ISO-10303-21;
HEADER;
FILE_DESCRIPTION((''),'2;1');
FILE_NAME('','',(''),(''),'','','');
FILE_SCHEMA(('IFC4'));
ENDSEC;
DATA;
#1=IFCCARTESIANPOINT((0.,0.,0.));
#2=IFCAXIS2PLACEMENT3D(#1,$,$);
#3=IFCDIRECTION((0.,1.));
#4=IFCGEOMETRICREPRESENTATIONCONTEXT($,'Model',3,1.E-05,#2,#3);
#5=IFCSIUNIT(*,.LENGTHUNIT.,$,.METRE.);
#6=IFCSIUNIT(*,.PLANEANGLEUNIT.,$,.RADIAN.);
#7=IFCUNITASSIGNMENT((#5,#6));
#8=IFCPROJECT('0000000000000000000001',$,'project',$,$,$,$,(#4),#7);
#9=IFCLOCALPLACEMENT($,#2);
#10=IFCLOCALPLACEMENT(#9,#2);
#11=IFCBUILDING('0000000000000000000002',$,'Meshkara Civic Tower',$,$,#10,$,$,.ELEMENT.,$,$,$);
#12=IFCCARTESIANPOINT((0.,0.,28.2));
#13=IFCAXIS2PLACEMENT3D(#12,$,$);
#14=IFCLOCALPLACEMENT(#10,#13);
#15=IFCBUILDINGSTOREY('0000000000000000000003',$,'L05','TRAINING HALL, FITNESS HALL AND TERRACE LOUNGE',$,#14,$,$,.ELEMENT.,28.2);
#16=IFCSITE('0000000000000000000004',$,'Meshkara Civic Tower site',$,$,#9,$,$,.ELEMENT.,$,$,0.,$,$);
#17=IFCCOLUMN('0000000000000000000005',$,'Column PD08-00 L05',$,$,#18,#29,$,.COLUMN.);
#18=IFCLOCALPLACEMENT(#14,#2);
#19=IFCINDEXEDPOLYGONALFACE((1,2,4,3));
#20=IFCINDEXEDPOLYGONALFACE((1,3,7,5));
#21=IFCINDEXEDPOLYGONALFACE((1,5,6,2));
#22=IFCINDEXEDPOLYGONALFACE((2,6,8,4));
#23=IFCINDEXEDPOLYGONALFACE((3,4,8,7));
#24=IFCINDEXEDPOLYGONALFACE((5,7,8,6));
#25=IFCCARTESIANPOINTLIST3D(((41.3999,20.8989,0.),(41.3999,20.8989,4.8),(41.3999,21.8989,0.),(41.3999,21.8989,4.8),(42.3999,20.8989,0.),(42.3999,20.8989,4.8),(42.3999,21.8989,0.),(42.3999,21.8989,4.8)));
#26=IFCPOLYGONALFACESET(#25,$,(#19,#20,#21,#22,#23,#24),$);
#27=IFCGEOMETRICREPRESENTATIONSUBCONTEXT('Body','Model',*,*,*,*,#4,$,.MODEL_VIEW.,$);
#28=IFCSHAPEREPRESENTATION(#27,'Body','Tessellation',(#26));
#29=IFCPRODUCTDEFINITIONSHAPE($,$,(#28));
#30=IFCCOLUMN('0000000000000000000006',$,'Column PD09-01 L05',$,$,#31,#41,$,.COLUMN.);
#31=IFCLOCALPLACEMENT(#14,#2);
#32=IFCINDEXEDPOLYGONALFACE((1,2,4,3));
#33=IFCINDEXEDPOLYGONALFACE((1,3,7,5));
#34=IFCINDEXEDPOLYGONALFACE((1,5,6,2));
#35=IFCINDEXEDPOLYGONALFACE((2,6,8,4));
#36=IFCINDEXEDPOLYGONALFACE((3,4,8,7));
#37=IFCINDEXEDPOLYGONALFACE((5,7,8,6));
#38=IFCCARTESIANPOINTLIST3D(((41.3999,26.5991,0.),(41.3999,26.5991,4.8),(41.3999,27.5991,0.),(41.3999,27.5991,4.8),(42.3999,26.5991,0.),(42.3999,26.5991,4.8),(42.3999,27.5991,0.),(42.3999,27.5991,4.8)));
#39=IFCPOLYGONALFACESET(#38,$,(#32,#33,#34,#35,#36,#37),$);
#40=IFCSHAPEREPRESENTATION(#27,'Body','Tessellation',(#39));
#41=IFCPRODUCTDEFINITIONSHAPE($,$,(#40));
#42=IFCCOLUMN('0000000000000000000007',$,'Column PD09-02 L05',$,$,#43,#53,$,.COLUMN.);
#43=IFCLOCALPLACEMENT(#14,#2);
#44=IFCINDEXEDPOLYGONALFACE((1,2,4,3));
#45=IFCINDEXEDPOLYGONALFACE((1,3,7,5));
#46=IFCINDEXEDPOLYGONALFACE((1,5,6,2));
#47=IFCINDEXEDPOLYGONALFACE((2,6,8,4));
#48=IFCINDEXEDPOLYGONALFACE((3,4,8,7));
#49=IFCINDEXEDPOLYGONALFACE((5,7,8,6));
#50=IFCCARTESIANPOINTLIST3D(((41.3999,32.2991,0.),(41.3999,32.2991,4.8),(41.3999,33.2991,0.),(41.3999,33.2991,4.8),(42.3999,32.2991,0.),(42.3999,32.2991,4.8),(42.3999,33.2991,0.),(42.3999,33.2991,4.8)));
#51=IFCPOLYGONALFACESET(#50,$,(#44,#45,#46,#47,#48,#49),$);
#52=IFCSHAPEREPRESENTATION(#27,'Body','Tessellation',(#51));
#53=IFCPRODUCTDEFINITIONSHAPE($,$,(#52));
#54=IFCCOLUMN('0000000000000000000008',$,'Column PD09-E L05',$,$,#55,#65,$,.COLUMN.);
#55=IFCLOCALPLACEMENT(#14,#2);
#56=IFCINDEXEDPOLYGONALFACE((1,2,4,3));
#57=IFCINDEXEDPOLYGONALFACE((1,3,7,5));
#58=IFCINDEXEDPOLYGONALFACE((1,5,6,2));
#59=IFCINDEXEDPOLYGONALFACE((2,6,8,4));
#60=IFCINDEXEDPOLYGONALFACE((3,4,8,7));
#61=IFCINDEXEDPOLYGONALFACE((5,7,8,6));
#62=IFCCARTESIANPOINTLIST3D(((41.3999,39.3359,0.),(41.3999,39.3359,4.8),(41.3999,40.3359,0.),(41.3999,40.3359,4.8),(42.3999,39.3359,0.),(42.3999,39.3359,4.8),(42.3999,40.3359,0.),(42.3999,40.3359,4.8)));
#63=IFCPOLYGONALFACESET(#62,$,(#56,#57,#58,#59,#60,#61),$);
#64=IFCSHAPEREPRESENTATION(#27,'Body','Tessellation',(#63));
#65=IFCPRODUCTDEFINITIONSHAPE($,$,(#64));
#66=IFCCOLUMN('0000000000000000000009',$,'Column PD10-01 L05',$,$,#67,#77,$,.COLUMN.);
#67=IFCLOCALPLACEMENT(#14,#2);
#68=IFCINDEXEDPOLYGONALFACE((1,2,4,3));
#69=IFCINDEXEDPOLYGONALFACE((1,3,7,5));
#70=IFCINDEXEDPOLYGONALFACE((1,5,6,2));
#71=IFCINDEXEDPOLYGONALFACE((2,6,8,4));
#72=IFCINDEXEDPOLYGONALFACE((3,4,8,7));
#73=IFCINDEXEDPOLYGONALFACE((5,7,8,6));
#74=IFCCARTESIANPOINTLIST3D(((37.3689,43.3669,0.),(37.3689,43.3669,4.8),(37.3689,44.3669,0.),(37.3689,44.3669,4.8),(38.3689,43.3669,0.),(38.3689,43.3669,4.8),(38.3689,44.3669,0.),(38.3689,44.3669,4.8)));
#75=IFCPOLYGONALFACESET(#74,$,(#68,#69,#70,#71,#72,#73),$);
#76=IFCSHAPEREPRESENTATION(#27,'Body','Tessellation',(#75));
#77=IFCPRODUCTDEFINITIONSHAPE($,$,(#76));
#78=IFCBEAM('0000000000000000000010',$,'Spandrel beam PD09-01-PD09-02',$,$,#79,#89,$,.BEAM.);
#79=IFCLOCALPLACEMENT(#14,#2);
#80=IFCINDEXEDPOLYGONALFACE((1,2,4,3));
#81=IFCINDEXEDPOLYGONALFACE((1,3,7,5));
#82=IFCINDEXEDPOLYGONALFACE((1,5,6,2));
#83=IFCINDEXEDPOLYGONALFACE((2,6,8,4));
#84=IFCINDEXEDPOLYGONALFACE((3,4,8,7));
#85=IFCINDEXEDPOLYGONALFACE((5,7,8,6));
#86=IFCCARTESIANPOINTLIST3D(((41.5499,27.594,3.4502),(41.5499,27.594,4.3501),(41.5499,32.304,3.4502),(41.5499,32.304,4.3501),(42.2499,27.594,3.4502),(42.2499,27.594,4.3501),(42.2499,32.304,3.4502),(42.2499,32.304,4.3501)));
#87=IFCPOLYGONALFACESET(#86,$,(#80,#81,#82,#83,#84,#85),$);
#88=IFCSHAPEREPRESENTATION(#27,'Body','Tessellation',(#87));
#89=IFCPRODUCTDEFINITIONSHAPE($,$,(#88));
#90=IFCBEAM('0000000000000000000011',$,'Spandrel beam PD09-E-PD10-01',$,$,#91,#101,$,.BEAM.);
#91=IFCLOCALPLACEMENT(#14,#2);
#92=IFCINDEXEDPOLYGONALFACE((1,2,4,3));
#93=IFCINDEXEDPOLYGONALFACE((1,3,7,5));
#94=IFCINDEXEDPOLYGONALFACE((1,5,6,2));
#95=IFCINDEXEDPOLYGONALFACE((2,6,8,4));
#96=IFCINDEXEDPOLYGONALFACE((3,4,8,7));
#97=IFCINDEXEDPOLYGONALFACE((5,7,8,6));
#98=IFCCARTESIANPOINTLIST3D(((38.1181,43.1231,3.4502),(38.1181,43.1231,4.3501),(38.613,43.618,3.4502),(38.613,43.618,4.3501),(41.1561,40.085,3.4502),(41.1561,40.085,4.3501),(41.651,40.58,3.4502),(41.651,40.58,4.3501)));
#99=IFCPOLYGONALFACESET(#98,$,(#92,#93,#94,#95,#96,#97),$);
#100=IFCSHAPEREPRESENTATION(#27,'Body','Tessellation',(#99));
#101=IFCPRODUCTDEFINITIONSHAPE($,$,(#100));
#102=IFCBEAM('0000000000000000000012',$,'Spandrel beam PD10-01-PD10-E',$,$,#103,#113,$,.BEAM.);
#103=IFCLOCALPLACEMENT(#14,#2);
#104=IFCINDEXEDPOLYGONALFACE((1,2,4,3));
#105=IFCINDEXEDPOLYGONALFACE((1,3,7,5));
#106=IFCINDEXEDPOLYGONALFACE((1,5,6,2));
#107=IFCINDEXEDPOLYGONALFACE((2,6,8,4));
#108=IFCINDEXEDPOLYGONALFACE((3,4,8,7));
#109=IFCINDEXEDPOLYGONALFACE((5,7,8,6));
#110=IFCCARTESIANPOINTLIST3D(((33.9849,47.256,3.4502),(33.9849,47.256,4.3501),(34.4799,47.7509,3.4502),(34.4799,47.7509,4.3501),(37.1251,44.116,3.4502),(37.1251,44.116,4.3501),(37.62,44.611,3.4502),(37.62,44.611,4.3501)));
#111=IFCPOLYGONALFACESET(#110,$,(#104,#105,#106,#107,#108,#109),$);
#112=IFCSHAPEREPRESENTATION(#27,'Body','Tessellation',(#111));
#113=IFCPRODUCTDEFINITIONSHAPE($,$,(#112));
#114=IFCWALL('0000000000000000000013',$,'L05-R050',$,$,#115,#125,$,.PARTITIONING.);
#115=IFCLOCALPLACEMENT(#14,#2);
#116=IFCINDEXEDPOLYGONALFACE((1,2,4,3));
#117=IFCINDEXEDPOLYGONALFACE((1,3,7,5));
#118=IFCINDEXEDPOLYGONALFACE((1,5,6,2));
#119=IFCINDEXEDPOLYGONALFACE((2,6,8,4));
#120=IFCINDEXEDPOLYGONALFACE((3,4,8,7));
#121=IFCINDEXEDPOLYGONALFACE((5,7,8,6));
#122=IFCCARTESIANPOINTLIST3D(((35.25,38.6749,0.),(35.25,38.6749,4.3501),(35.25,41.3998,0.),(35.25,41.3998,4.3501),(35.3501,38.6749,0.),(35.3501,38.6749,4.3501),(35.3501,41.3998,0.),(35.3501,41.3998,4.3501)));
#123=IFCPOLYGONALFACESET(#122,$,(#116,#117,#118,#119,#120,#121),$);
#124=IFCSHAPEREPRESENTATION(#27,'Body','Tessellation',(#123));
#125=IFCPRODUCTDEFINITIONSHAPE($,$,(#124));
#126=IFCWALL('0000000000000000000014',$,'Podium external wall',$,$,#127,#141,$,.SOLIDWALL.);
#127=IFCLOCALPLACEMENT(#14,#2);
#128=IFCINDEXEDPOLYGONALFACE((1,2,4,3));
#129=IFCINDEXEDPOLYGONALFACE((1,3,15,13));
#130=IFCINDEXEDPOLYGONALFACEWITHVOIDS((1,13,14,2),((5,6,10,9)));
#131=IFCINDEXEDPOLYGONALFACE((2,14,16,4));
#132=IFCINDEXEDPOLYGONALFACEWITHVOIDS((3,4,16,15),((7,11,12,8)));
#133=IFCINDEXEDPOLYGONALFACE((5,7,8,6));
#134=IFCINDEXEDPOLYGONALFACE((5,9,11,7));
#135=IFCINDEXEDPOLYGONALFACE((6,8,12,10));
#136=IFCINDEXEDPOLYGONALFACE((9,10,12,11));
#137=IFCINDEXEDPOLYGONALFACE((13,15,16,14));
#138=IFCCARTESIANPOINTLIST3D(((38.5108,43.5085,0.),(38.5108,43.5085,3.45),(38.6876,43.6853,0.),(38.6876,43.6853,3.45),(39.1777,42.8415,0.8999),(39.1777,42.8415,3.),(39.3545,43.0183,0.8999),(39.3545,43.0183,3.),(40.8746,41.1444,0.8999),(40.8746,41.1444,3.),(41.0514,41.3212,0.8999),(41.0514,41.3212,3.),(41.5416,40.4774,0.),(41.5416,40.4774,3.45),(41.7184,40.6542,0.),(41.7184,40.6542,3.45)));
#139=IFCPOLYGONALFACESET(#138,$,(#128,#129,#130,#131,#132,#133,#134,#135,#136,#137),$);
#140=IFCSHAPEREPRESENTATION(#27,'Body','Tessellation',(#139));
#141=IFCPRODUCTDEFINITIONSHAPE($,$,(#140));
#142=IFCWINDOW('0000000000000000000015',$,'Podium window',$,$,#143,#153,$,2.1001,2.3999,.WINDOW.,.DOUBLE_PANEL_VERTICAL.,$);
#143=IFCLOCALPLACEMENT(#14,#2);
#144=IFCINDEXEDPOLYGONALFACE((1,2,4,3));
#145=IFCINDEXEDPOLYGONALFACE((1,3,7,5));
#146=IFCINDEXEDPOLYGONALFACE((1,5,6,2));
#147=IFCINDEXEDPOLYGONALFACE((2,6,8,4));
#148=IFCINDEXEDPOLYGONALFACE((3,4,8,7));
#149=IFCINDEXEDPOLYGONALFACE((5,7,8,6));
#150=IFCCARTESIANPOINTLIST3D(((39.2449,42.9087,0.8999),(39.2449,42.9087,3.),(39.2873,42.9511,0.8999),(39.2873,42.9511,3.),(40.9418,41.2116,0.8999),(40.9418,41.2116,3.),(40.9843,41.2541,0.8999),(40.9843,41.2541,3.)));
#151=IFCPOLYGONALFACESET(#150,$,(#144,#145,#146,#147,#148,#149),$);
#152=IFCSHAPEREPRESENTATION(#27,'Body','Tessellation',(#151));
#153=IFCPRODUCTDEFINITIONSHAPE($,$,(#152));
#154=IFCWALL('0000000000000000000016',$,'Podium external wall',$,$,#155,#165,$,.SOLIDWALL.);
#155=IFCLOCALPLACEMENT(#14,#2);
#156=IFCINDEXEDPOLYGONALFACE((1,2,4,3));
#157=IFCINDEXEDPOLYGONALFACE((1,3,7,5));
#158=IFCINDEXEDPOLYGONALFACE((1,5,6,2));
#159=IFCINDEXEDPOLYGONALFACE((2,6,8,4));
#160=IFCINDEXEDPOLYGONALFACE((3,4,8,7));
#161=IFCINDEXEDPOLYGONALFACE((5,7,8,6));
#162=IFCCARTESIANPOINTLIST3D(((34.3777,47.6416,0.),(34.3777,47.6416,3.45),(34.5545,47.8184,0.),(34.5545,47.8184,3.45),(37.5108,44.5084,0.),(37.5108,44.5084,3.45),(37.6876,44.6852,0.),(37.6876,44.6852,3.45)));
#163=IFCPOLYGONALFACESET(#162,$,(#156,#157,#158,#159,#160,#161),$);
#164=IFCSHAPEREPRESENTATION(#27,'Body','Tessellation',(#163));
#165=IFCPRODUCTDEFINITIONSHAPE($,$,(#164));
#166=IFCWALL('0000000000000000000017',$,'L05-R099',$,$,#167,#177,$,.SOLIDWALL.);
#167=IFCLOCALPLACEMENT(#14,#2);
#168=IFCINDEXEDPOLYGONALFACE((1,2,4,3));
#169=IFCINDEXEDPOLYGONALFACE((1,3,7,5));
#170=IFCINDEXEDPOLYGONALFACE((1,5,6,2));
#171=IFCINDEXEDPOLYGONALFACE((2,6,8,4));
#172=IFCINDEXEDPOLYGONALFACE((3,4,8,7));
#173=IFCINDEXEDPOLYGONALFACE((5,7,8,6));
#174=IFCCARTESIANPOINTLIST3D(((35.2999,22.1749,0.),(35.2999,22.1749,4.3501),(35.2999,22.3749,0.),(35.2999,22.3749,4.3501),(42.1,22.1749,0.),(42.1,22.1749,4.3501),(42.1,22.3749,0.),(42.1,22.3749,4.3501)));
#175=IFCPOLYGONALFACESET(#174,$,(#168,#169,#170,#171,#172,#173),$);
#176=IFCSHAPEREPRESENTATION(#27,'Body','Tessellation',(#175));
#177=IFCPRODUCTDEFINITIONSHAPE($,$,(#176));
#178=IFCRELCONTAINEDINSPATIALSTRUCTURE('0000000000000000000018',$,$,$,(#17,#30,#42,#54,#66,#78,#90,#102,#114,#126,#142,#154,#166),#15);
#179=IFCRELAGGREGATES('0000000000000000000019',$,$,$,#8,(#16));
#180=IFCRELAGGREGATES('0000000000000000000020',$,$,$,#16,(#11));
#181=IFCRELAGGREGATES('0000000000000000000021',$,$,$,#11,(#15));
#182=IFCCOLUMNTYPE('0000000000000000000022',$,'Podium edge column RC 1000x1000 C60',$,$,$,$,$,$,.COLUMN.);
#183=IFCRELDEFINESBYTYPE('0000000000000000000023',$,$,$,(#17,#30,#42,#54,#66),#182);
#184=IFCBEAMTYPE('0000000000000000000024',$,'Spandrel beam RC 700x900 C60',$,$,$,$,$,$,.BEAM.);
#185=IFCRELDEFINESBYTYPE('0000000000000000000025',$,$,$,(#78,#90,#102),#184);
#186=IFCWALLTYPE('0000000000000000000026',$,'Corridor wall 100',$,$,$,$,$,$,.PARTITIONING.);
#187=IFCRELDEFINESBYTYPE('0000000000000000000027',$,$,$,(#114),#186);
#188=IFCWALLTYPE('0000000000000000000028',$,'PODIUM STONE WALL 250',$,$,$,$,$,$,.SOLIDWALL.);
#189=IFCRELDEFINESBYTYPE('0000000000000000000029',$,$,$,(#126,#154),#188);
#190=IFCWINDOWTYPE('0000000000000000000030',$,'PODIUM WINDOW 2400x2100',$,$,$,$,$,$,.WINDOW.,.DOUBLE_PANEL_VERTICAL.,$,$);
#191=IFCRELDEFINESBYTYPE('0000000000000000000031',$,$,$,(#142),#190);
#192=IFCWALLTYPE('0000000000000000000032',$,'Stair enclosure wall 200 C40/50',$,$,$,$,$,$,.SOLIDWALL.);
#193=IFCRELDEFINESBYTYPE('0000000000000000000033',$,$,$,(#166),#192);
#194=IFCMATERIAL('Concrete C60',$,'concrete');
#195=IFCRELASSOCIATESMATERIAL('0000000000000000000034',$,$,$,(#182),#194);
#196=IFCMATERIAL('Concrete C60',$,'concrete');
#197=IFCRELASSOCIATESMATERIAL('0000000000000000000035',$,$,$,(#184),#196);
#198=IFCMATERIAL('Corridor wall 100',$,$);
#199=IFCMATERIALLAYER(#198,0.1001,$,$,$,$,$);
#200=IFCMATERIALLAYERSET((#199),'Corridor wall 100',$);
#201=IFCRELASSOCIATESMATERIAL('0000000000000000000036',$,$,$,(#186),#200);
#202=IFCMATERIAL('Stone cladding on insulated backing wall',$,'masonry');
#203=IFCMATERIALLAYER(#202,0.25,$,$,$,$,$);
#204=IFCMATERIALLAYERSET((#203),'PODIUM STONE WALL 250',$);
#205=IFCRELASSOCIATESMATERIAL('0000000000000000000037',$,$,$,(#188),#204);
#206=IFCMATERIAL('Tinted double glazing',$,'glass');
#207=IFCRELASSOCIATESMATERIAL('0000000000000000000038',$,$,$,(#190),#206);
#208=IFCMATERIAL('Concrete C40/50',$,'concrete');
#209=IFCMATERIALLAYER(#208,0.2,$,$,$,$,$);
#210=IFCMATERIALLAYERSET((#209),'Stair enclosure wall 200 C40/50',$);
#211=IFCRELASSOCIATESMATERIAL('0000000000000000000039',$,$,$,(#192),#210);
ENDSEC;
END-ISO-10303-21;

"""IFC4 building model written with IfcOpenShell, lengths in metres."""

from ifc_helpers import new_model, si_unit, direction, frame, frame_2d, origin, origin_2d, place, context, subcontext, project, spatial, rectangle, extrude, material, layer, layer_set, material_profile, profile_set, type_object, element, fill, save


model = new_model("IFC4")

# Units and contexts
model_context = context("Model", 3, precision=1e-05, world=origin(), true_north=direction((0.0, 1.0)))
body_context = subcontext(model_context, "Body", "Model", "MODEL_VIEW")
ifc_project = project(units=[si_unit("LENGTHUNIT", "METRE"), si_unit("PLANEANGLEUNIT", "RADIAN")], contexts=[model_context])

# Site, building, storey
site_placement = place(None, origin())
site = spatial("IfcSite", under=ifc_project, at=site_placement, Name="Meshkara Civic Tower site", CompositionType="ELEMENT", RefElevation=0.0)
building_placement = place(site_placement, origin())
building = spatial("IfcBuilding", under=site, at=building_placement, Name="Meshkara Civic Tower", CompositionType="ELEMENT")
storey_placement = place(building_placement, frame((0.0, 0.0, 28.2)))
storey = spatial("IfcBuildingStorey", under=building, at=storey_placement, Name="L05", Description="TRAINING HALL, FITNESS HALL AND TERRACE LOUNGE", CompositionType="ELEMENT", Elevation=28.2)

# Columns
ifc_material_1 = material(Name="Concrete C60", Category="concrete")
ifc_material_profile_1 = material_profile(ifc_material_1, rectangle(XDim=1.0, YDim=1.0, at=origin_2d()))
ifc_profile_set_1 = profile_set([ifc_material_profile_1], Name="Concrete C60")
column_type = type_object("IfcColumnType", Name="Podium edge column RC 1000x1000 C60", PredefinedType="COLUMN", material=ifc_profile_set_1)
for number, where, z_axis, x_axis, name in (
    (1, (41.8999, 21.3989, 0.0), (0.0, 0.0, 1.0), (1.0, 0.0, 0.0), "Column PD08-00 L05"),
    (2, (41.8999, 27.0991, 0.0), (0.0, 0.0, 1.0), (1.0, 0.0, 0.0), "Column PD09-01 L05"),
    (3, (41.8999, 32.7991, 0.0), (0.0, 0.0, 1.0), (1.0, 0.0, 0.0), "Column PD09-02 L05"),
    (4, (41.8999, 39.8359, 0.0), (0.0, 0.0, 1.0), (1.0, 0.0, 0.0), "Column PD09-E L05"),
    (5, (37.8689, 43.8669, 0.0), (0.0, 0.0, 1.0), (1.0, 0.0, 0.0), "Column PD10-01 L05"),
):
    element("IfcColumn", number, at=place(storey_placement, frame(where, z_axis=z_axis, x_axis=x_axis)), inside=storey, type_object=column_type, Name=name, PredefinedType="COLUMN", context=body_context, shape_type="SweptSolid", body=[
        extrude(rectangle(XDim=1.0, YDim=1.0, at=origin_2d()), origin(), (0.0, 0.0, 1.0), 4.8),
    ])

# Beams
ifc_material_2 = material(Name="Concrete C60", Category="concrete")
ifc_material_profile_2 = material_profile(ifc_material_2, rectangle(XDim=0.7, YDim=0.8999, at=origin_2d()))
ifc_profile_set_2 = profile_set([ifc_material_profile_2], Name="Concrete C60")
beam_type = type_object("IfcBeamType", Name="Spandrel beam RC 700x900 C60", PredefinedType="BEAM", material=ifc_profile_set_2)
beam_1_placement = place(storey_placement, frame((41.8999, 27.594, 3.9001), z_axis=(0.0, 1.0, 0.0), x_axis=(-1.0, 0.0, 0.0)))
element("IfcBeam", 6, at=beam_1_placement, inside=storey, type_object=beam_type, Name="Spandrel beam PD09-01-PD09-02", PredefinedType="BEAM", context=body_context, shape_type="SweptSolid", body=[
    extrude(rectangle(XDim=0.7, YDim=0.8999, at=origin_2d()), origin(), (0.0, 0.0, 1.0), 4.71),
])
beam_2_placement = place(storey_placement, frame((41.4036, 40.3325, 3.9001), z_axis=(-0.707107, 0.707107, 0.0), x_axis=(-0.707107, -0.707107, 0.0)))
element("IfcBeam", 7, at=beam_2_placement, inside=storey, type_object=beam_type, Name="Spandrel beam PD09-E-PD10-01", PredefinedType="BEAM", context=body_context, shape_type="SweptSolid", body=[
    extrude(rectangle(XDim=0.7, YDim=0.8999, at=origin_2d()), origin(), (0.0, 0.0, 1.0), 4.2964),
])
beam_3_placement = place(storey_placement, frame((37.3726, 44.3635, 3.9001), z_axis=(-0.707134, 0.707079, 0.0), x_axis=(-0.707079, -0.707134, 0.0)))
element("IfcBeam", 8, at=beam_3_placement, inside=storey, type_object=beam_type, Name="Spandrel beam PD10-01-PD10-E", PredefinedType="BEAM", context=body_context, shape_type="SweptSolid", body=[
    extrude(rectangle(XDim=0.7, YDim=0.8999, at=origin_2d()), origin(), (0.0, 0.0, 1.0), 4.4407),
])

# Wall
ifc_material_3 = material(Name="Corridor wall 100")
ifc_layer_1 = layer(ifc_material_3, 0.1001)
ifc_layer_set_1 = layer_set([ifc_layer_1], Name="Corridor wall 100")
wall_type_1 = type_object("IfcWallType", Name="Corridor wall 100", PredefinedType="PARTITIONING", material=ifc_layer_set_1)
wall_1_placement = place(storey_placement, frame((35.3, 38.675, 0.0), z_axis=(0.0, 0.0, 1.0), x_axis=(0.0, 1.0, 0.0)))
element("IfcWall", 9, at=wall_1_placement, inside=storey, type_object=wall_type_1, Name="L05-R050", PredefinedType="PARTITIONING", context=body_context, shape_type="SweptSolid", body=[
    extrude(rectangle(XDim=2.7249, YDim=0.1001, at=frame_2d((1.3623, 0.0))), origin(), (0.0, 0.0, 1.0), 4.3501),
])

# Wall, opening, window
ifc_material_4 = material(Name="Stone cladding on insulated backing wall", Category="masonry")
ifc_layer_2 = layer(ifc_material_4, 0.25)
ifc_layer_set_2 = layer_set([ifc_layer_2], Name="PODIUM STONE WALL 250")
wall_type_2 = type_object("IfcWallType", Name="PODIUM STONE WALL 250", PredefinedType="SOLIDWALL", material=ifc_layer_set_2)
wall_2_placement = place(storey_placement, frame((41.6299, 40.5659, 0.0), z_axis=(0.0, 0.0, 1.0), x_axis=(-0.707078, 0.707135, 0.0)))
wall_2 = element("IfcWall", 10, at=wall_2_placement, inside=storey, type_object=wall_type_2, Name="Podium external wall", PredefinedType="SOLIDWALL", context=body_context, shape_type="SweptSolid", body=[
    extrude(rectangle(XDim=4.2864, YDim=0.25, at=frame_2d((2.1431, 0.0))), origin(), (0.0, 0.0, 1.0), 3.45),
])
opening_placement = place(wall_2_placement, frame((0.9431, 0.0, 0.8999)))
opening = element("IfcOpeningElement", 11, at=opening_placement, cuts=wall_2, PredefinedType="OPENING", context=body_context, shape_type="SweptSolid", body=[
    extrude(rectangle(XDim=2.3999, YDim=2.1001, at=frame_2d((1.2, 1.05))), frame((0.0, 0.135, 0.0), z_axis=(0.0, -1.0, 0.0), x_axis=(1.0, 0.0, 0.0)), (0.0, 0.0, 1.0), 0.27),
])
ifc_material_5 = material(Name="Tinted double glazing", Category="glass")
window_type = type_object("IfcWindowType", Name="PODIUM WINDOW 2400x2100", PartitioningType="DOUBLE_PANEL_VERTICAL", PredefinedType="WINDOW", material=ifc_material_5)
window_placement = place(opening_placement, origin())
window = element("IfcWindow", 12, at=window_placement, inside=storey, type_object=window_type, Name="Podium window", OverallHeight=2.1001, OverallWidth=2.3999, PartitioningType="DOUBLE_PANEL_VERTICAL", PredefinedType="WINDOW", context=body_context, shape_type="SweptSolid", body=[
    extrude(rectangle(XDim=2.3999, YDim=2.1001, at=frame_2d((1.2, 1.05))), frame((0.0, 0.03, 0.0), z_axis=(0.0, -1.0, 0.0), x_axis=(1.0, 0.0, 0.0)), (0.0, 0.0, 1.0), 0.0601),
])
fill(opening, window)

# Walls
wall_3_placement = place(storey_placement, frame((37.5991, 44.5969, 0.0), z_axis=(0.0, 0.0, 1.0), x_axis=(-0.707107, 0.707107, 0.0)))
element("IfcWall", 13, at=wall_3_placement, inside=storey, type_object=wall_type_2, Name="Podium external wall", PredefinedType="SOLIDWALL", context=body_context, shape_type="SweptSolid", body=[
    extrude(rectangle(XDim=4.4309, YDim=0.25, at=frame_2d((2.2153, 0.0))), origin(), (0.0, 0.0, 1.0), 3.45),
])
ifc_material_6 = material(Name="Concrete C40/50", Category="concrete")
ifc_layer_3 = layer(ifc_material_6, 0.2)
ifc_layer_set_3 = layer_set([ifc_layer_3], Name="Stair enclosure wall 200 C40/50")
wall_type_3 = type_object("IfcWallType", Name="Stair enclosure wall 200 C40/50", PredefinedType="SOLIDWALL", material=ifc_layer_set_3)
wall_4_placement = place(storey_placement, frame((35.3, 22.2749, 0.0), z_axis=(0.0, 0.0, 1.0), x_axis=(1.0, 0.0, 0.0)))
element("IfcWall", 14, at=wall_4_placement, inside=storey, type_object=wall_type_3, Name="L05-R099", PredefinedType="SOLIDWALL", context=body_context, shape_type="SweptSolid", body=[
    extrude(rectangle(XDim=6.8, YDim=0.2, at=frame_2d((3.3999, 0.0))), origin(), (0.0, 0.0, 1.0), 4.3501),
])

save(model, "model.ifc")
